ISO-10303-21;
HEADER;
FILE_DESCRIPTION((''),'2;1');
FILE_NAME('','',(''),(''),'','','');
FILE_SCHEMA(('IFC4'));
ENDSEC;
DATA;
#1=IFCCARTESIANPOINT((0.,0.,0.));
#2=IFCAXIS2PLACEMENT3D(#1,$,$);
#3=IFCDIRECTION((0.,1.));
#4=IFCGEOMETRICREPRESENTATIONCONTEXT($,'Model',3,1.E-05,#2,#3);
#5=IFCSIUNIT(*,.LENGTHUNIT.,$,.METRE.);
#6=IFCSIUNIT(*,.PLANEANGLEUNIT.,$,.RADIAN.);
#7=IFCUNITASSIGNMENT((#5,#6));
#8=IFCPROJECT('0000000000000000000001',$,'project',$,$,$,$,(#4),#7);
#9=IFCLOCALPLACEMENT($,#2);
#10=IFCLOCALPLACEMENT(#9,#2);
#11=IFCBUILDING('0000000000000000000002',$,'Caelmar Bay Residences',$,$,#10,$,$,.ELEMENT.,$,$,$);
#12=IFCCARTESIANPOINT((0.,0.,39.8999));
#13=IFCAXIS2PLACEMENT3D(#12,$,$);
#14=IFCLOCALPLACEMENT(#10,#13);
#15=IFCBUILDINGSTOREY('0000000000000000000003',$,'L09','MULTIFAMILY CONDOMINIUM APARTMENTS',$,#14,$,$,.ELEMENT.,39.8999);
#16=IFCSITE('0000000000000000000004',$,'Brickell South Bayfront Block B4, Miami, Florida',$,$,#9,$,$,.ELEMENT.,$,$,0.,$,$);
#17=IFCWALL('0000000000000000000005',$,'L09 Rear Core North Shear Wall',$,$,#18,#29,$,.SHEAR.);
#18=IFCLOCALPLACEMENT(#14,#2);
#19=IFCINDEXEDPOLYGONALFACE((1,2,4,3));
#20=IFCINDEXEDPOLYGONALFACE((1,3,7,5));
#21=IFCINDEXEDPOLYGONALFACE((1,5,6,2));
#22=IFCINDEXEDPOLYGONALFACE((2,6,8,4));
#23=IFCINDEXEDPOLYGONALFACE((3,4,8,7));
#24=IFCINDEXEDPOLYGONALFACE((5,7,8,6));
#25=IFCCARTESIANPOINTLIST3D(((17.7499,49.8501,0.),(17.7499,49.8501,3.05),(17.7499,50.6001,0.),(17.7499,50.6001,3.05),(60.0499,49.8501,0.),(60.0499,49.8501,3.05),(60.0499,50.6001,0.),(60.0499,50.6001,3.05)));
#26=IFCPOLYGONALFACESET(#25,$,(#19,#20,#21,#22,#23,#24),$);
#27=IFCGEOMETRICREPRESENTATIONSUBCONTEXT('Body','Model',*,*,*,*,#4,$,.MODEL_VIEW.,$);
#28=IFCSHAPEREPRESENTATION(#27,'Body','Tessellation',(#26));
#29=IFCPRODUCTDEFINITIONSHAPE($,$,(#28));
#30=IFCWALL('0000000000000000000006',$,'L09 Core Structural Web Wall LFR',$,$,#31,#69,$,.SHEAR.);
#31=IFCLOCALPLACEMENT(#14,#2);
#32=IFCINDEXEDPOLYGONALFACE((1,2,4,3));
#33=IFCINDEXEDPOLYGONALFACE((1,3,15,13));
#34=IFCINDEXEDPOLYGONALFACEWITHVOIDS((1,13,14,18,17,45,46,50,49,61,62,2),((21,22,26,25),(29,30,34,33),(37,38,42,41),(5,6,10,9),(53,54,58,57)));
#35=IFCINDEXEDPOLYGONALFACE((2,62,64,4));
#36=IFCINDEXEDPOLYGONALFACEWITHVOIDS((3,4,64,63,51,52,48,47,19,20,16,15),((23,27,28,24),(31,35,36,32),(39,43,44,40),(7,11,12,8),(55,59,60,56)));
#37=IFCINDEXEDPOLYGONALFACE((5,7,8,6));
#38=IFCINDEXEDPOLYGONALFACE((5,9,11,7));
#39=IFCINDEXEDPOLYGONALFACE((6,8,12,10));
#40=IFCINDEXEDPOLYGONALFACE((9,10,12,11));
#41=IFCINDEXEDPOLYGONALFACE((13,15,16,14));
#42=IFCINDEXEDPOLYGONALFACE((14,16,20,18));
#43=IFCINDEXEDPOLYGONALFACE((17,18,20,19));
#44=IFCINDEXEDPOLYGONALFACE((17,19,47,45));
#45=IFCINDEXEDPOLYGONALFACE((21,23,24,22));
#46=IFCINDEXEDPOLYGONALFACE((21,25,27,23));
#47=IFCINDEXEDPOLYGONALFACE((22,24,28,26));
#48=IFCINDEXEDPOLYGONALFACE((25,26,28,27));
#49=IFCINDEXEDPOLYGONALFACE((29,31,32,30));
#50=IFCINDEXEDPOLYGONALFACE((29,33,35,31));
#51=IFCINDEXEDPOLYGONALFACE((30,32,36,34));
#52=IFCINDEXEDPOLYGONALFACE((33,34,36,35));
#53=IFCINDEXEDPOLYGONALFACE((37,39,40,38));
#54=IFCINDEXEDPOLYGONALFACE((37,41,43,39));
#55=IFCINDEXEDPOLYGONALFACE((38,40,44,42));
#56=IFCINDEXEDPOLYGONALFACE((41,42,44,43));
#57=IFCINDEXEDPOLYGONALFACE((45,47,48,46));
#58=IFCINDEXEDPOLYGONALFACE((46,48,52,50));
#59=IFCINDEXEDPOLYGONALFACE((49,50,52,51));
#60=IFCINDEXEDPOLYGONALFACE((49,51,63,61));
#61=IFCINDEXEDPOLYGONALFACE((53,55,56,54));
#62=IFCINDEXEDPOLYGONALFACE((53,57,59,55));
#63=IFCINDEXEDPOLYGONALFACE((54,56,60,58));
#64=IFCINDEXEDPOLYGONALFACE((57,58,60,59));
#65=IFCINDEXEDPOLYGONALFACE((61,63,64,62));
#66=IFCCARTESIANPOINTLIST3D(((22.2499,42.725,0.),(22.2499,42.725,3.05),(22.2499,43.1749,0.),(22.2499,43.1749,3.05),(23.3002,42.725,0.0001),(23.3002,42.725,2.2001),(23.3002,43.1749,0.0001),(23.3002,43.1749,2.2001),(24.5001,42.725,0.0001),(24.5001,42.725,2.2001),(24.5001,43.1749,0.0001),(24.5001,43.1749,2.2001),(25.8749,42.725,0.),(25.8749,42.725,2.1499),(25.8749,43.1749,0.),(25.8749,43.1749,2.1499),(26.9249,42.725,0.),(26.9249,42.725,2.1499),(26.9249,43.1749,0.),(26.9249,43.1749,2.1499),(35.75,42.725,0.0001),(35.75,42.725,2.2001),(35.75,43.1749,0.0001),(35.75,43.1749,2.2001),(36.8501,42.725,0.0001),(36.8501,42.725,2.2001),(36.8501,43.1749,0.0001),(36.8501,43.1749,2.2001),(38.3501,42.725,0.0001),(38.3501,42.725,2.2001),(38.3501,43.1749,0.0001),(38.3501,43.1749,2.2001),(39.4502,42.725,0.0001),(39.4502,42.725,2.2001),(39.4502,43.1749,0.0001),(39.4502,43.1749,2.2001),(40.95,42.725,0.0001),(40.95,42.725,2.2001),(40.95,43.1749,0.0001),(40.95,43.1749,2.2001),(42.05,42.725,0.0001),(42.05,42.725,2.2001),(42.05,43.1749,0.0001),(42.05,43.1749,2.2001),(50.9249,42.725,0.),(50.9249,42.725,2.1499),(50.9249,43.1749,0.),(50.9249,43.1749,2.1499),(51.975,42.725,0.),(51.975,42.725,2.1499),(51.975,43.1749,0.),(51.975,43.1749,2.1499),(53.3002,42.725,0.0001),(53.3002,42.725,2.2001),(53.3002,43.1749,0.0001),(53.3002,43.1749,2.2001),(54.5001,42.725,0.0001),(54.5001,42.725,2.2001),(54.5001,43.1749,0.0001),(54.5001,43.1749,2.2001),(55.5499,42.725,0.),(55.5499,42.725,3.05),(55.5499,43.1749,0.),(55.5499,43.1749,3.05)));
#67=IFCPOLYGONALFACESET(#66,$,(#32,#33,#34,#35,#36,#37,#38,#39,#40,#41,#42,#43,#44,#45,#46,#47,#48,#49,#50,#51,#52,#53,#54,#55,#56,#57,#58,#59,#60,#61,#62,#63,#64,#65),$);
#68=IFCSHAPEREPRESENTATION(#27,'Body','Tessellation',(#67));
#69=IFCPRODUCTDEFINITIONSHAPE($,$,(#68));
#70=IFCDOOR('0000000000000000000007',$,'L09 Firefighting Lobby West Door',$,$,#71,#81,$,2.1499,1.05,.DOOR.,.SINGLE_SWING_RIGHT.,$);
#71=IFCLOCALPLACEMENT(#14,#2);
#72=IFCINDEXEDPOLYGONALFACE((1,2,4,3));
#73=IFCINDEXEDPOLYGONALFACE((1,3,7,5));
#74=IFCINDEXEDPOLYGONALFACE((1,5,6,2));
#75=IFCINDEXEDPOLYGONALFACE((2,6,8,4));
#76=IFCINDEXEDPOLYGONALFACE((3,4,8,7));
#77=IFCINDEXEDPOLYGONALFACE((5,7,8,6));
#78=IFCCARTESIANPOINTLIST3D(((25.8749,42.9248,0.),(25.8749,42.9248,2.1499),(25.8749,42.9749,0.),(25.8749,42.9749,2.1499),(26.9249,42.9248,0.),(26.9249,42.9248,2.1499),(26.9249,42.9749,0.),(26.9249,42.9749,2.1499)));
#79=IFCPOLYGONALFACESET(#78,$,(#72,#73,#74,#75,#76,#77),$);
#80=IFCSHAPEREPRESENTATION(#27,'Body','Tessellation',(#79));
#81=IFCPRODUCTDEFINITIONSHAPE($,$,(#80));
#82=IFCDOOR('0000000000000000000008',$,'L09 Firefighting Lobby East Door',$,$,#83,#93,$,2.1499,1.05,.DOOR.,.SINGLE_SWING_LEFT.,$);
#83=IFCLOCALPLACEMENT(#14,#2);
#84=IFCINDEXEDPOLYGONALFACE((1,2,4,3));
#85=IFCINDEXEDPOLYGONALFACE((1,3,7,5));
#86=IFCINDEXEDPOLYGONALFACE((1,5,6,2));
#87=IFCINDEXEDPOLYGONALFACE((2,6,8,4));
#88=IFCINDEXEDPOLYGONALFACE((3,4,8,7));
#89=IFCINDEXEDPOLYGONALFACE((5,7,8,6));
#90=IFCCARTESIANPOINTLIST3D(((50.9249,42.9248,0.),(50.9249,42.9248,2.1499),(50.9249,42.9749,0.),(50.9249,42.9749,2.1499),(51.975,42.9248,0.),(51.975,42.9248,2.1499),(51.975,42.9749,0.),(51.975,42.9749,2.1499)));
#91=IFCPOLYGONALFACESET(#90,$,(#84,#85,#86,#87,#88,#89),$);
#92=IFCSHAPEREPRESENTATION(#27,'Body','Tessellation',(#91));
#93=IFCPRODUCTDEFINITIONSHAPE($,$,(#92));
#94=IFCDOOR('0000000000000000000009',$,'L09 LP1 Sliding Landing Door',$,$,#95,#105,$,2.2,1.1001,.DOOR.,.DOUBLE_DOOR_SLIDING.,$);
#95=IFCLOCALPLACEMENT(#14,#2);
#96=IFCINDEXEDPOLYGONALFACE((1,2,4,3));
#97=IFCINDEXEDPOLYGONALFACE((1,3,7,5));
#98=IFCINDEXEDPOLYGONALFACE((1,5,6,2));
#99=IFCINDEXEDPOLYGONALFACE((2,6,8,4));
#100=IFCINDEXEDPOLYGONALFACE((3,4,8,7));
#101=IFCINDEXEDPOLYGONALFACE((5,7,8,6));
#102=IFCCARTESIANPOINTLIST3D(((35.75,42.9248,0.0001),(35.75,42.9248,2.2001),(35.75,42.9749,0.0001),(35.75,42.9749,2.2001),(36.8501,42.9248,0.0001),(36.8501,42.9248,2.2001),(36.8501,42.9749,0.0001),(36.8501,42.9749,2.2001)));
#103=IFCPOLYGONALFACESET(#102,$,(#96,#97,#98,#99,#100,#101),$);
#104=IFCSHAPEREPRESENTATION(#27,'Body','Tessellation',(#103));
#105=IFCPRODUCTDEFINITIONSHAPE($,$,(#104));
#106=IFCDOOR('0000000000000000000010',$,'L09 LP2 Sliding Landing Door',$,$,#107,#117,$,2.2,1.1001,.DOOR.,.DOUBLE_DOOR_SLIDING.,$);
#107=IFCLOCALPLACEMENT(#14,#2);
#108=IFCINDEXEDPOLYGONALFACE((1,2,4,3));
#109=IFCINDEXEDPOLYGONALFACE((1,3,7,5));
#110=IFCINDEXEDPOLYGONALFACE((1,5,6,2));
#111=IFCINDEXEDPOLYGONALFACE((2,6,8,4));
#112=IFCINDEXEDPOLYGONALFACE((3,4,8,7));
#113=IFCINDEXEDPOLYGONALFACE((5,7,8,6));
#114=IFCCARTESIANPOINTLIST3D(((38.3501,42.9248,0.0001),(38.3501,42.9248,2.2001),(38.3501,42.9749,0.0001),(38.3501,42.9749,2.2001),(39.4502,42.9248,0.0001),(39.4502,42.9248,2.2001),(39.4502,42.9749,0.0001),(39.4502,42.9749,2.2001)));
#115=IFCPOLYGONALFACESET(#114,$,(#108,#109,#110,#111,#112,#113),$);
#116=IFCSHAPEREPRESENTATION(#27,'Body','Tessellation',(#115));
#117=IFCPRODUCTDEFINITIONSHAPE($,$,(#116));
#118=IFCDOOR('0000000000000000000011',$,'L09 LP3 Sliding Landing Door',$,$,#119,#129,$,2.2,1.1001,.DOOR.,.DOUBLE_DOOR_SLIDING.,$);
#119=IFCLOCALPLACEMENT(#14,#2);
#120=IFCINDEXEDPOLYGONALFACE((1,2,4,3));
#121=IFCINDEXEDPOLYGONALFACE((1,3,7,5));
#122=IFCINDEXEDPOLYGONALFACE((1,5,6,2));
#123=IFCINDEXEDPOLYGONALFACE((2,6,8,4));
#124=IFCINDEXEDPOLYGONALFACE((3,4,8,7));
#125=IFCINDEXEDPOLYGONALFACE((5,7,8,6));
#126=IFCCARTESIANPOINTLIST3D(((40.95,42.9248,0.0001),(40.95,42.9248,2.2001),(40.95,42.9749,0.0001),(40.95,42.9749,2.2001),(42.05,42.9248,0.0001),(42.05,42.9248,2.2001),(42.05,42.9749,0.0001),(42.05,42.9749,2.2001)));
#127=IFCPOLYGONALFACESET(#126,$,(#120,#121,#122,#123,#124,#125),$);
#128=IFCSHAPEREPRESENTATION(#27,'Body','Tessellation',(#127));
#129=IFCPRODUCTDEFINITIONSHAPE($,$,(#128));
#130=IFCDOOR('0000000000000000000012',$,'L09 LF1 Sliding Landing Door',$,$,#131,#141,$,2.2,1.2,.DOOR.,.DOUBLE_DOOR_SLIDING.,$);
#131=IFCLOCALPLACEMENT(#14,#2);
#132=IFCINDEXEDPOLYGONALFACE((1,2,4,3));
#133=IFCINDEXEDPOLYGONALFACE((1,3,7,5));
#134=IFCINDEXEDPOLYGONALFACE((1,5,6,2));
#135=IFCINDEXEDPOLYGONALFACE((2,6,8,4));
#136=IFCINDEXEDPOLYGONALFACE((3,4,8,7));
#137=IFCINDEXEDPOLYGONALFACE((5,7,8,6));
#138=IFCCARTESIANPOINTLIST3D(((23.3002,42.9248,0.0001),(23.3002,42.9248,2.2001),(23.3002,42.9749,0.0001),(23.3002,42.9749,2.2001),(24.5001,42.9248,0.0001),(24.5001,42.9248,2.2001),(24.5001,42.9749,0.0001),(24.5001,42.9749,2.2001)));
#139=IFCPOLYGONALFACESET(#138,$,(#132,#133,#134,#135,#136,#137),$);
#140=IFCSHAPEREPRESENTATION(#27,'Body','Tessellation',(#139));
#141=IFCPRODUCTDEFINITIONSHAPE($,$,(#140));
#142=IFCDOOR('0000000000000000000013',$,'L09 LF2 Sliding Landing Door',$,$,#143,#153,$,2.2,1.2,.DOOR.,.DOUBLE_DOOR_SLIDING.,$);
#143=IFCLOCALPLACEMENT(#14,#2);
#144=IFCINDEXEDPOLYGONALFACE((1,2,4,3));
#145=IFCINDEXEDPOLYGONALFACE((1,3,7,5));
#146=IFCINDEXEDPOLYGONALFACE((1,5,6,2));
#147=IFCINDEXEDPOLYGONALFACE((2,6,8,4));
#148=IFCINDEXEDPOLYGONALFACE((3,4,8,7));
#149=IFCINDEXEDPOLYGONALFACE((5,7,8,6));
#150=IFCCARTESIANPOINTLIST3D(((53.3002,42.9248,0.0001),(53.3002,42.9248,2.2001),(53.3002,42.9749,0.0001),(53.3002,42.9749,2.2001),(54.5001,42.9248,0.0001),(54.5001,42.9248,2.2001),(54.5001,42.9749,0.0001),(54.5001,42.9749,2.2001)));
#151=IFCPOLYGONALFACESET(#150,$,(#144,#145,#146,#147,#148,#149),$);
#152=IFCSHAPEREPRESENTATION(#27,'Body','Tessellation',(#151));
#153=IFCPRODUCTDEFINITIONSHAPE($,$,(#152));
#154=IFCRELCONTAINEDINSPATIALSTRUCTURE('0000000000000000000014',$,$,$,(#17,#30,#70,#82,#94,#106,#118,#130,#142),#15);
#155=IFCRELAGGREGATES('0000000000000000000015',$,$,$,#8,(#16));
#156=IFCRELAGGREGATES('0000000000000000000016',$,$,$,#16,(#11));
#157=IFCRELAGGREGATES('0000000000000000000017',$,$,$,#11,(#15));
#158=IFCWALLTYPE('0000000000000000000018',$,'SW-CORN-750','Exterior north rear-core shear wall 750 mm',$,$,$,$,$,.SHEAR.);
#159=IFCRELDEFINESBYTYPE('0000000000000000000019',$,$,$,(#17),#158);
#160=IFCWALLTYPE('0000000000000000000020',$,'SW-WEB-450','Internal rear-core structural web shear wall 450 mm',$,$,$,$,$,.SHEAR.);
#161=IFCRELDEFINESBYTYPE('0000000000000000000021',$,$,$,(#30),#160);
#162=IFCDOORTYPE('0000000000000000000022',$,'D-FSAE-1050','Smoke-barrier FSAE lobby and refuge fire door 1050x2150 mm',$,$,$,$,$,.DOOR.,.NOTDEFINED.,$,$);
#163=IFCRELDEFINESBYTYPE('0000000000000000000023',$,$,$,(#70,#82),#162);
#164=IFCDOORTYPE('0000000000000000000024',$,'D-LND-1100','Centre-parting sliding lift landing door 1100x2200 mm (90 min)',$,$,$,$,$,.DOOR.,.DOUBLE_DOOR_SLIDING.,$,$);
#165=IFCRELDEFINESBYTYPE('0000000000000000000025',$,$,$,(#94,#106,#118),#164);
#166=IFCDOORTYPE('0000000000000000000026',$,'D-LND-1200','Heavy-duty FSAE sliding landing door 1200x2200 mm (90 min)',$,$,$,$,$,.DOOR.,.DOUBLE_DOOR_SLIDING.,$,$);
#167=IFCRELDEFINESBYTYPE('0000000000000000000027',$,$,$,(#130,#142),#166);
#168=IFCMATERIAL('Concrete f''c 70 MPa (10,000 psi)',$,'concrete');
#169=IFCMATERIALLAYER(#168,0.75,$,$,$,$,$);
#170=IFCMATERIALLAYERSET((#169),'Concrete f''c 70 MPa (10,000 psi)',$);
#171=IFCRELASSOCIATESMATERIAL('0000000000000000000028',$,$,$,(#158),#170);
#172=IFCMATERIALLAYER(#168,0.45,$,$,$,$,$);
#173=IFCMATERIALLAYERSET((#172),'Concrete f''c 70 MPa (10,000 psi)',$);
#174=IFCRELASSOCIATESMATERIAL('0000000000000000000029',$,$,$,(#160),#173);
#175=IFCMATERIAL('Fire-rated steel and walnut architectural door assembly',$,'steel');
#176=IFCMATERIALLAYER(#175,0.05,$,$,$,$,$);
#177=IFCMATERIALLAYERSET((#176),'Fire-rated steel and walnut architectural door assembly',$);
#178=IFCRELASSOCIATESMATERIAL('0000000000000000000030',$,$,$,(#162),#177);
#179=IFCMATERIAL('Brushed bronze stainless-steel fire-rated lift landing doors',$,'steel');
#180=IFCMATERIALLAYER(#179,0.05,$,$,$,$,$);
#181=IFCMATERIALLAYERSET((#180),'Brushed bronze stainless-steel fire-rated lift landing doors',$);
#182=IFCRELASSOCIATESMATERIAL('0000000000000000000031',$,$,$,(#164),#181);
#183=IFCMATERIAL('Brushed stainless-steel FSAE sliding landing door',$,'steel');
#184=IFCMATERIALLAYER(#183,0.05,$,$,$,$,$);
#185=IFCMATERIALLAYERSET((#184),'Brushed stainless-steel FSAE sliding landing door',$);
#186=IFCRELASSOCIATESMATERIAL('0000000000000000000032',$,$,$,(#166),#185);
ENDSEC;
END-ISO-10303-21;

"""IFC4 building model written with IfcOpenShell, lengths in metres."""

from ifc_helpers import new_model, si_unit, direction, frame, frame_2d, origin, place, context, subcontext, project, spatial, rectangle, extrude, material, layer, layer_set, type_object, element, fill, save


model = new_model("IFC4")

# Units and contexts
model_context = context("Model", 3, precision=1e-05, world=origin(), true_north=direction((0.0, 1.0)))
body_context = subcontext(model_context, "Body", "Model", "MODEL_VIEW")
ifc_project = project(units=[si_unit("LENGTHUNIT", "METRE"), si_unit("PLANEANGLEUNIT", "RADIAN")], contexts=[model_context])

# Site, building, storey
site_placement = place(None, origin())
site = spatial("IfcSite", under=ifc_project, at=site_placement, Name="Brickell South Bayfront Block B4, Miami, Florida", CompositionType="ELEMENT", RefElevation=0.0)
building_placement = place(site_placement, origin())
building = spatial("IfcBuilding", under=site, at=building_placement, Name="Caelmar Bay Residences", CompositionType="ELEMENT")
storey_placement = place(building_placement, frame((0.0, 0.0, 39.8999)))
storey = spatial("IfcBuildingStorey", under=building, at=storey_placement, Name="L09", Description="MULTIFAMILY CONDOMINIUM APARTMENTS", CompositionType="ELEMENT", Elevation=39.8999)

# Wall
ifc_material_1 = material(Name="Concrete f'c 70 MPa (10,000 psi)", Category="concrete")
ifc_layer_1 = layer(ifc_material_1, 0.75)
ifc_layer_set_1 = layer_set([ifc_layer_1], Name="Concrete f'c 70 MPa (10,000 psi)")
wall_type_1 = type_object("IfcWallType", Name="SW-CORN-750", Description="Exterior north rear-core shear wall 750 mm", PredefinedType="SHEAR", material=ifc_layer_set_1)
wall_1_placement = place(storey_placement, frame((17.75, 50.2251, 0.0), z_axis=(0.0, 0.0, 1.0), x_axis=(1.0, 0.0, 0.0)))
element("IfcWall", 1, at=wall_1_placement, inside=storey, type_object=wall_type_1, Name="L09 Rear Core North Shear Wall", PredefinedType="SHEAR", context=body_context, shape_type="SweptSolid", body=[
    extrude(rectangle(XDim=42.3, YDim=0.75, at=frame_2d((21.1499, 0.0))), origin(), (0.0, 0.0, 1.0), 3.05),
])

# Wall, openings, doors
ifc_layer_2 = layer(ifc_material_1, 0.45)
ifc_layer_set_2 = layer_set([ifc_layer_2], Name="Concrete f'c 70 MPa (10,000 psi)")
wall_type_2 = type_object("IfcWallType", Name="SW-WEB-450", Description="Internal rear-core structural web shear wall 450 mm", PredefinedType="SHEAR", material=ifc_layer_set_2)
wall_2_placement = place(storey_placement, frame((22.25, 42.95, 0.0), z_axis=(0.0, 0.0, 1.0), x_axis=(1.0, 0.0, 0.0)))
wall_2 = element("IfcWall", 2, at=wall_2_placement, inside=storey, type_object=wall_type_2, Name="L09 Core Structural Web Wall LFR", PredefinedType="SHEAR", context=body_context, shape_type="SweptSolid", body=[
    extrude(rectangle(XDim=33.3, YDim=0.45, at=frame_2d((16.6499, 0.0))), origin(), (0.0, 0.0, 1.0), 3.05),
])
opening_1_placement = place(wall_2_placement, frame((1.05, 0.0, 0.0)))
opening_1 = element("IfcOpeningElement", 3, at=opening_1_placement, cuts=wall_2, PredefinedType="OPENING", context=body_context, shape_type="SweptSolid", body=[
    extrude(rectangle(XDim=1.2, YDim=2.2, at=frame_2d((0.6001, 1.1001))), frame((0.0, 0.2349, 0.0), z_axis=(0.0, -1.0, 0.0), x_axis=(1.0, 0.0, 0.0)), (0.0, 0.0, 1.0), 0.47),
])
opening_2_placement = place(wall_2_placement, frame((31.05, 0.0, 0.0)))
opening_2 = element("IfcOpeningElement", 4, at=opening_2_placement, cuts=wall_2, PredefinedType="OPENING", context=body_context, shape_type="SweptSolid", body=[
    extrude(rectangle(XDim=1.2, YDim=2.2, at=frame_2d((0.6001, 1.1001))), frame((0.0, 0.2349, 0.0), z_axis=(0.0, -1.0, 0.0), x_axis=(1.0, 0.0, 0.0)), (0.0, 0.0, 1.0), 0.47),
])
opening_3_placement = place(wall_2_placement, frame((13.5, 0.0, 0.0)))
opening_3 = element("IfcOpeningElement", 5, at=opening_3_placement, cuts=wall_2, PredefinedType="OPENING", context=body_context, shape_type="SweptSolid", body=[
    extrude(rectangle(XDim=1.1001, YDim=2.2, at=frame_2d((0.55, 1.1001))), frame((0.0, 0.2349, 0.0), z_axis=(0.0, -1.0, 0.0), x_axis=(1.0, 0.0, 0.0)), (0.0, 0.0, 1.0), 0.47),
])
opening_4_placement = place(wall_2_placement, frame((16.1001, 0.0, 0.0)))
opening_4 = element("IfcOpeningElement", 6, at=opening_4_placement, cuts=wall_2, PredefinedType="OPENING", context=body_context, shape_type="SweptSolid", body=[
    extrude(rectangle(XDim=1.1001, YDim=2.2, at=frame_2d((0.55, 1.1001))), frame((0.0, 0.2349, 0.0), z_axis=(0.0, -1.0, 0.0), x_axis=(1.0, 0.0, 0.0)), (0.0, 0.0, 1.0), 0.47),
])
opening_5_placement = place(wall_2_placement, frame((18.7, 0.0, 0.0)))
opening_5 = element("IfcOpeningElement", 7, at=opening_5_placement, cuts=wall_2, PredefinedType="OPENING", context=body_context, shape_type="SweptSolid", body=[
    extrude(rectangle(XDim=1.1001, YDim=2.2, at=frame_2d((0.55, 1.1001))), frame((0.0, 0.2349, 0.0), z_axis=(0.0, -1.0, 0.0), x_axis=(1.0, 0.0, 0.0)), (0.0, 0.0, 1.0), 0.47),
])
opening_6_placement = place(wall_2_placement, frame((3.625, 0.0, 0.0)))
opening_6 = element("IfcOpeningElement", 8, at=opening_6_placement, cuts=wall_2, PredefinedType="OPENING", context=body_context, shape_type="SweptSolid", body=[
    extrude(rectangle(XDim=1.05, YDim=2.1499, at=frame_2d((0.5249, 1.075))), frame((0.0, 0.2349, 0.0), z_axis=(0.0, -1.0, 0.0), x_axis=(1.0, 0.0, 0.0)), (0.0, 0.0, 1.0), 0.47),
])
opening_7_placement = place(wall_2_placement, frame((28.675, 0.0, 0.0)))
opening_7 = element("IfcOpeningElement", 9, at=opening_7_placement, cuts=wall_2, PredefinedType="OPENING", context=body_context, shape_type="SweptSolid", body=[
    extrude(rectangle(XDim=1.05, YDim=2.1499, at=frame_2d((0.5249, 1.075))), frame((0.0, 0.2349, 0.0), z_axis=(0.0, -1.0, 0.0), x_axis=(1.0, 0.0, 0.0)), (0.0, 0.0, 1.0), 0.47),
])
ifc_material_2 = material(Name="Fire-rated steel and walnut architectural door assembly", Category="steel")
ifc_layer_3 = layer(ifc_material_2, 0.05)
ifc_layer_set_3 = layer_set([ifc_layer_3], Name="Fire-rated steel and walnut architectural door assembly")
door_type_1 = type_object("IfcDoorType", Name="D-FSAE-1050", Description="Smoke-barrier FSAE lobby and refuge fire door 1050x2150 mm", OperationType="NOTDEFINED", PredefinedType="DOOR", material=ifc_layer_set_3)
door_1_placement = place(opening_6_placement, origin())
door_1 = element("IfcDoor", 10, at=door_1_placement, inside=storey, type_object=door_type_1, Name="L09 Firefighting Lobby West Door", OperationType="SINGLE_SWING_RIGHT", OverallHeight=2.1499, OverallWidth=1.05, PredefinedType="DOOR", context=body_context, shape_type="SweptSolid", body=[
    extrude(rectangle(XDim=1.05, YDim=2.1499, at=frame_2d((0.5249, 1.075))), frame((0.0, 0.0249, 0.0), z_axis=(0.0, -1.0, 0.0), x_axis=(1.0, 0.0, 0.0)), (0.0, 0.0, 1.0), 0.05),
])
fill(opening_6, door_1)
door_2_placement = place(opening_7_placement, origin())
door_2 = element("IfcDoor", 11, at=door_2_placement, inside=storey, type_object=door_type_1, Name="L09 Firefighting Lobby East Door", OperationType="SINGLE_SWING_LEFT", OverallHeight=2.1499, OverallWidth=1.05, PredefinedType="DOOR", context=body_context, shape_type="SweptSolid", body=[
    extrude(rectangle(XDim=1.05, YDim=2.1499, at=frame_2d((0.5249, 1.075))), frame((0.0, 0.0249, 0.0), z_axis=(0.0, -1.0, 0.0), x_axis=(1.0, 0.0, 0.0)), (0.0, 0.0, 1.0), 0.05),
])
fill(opening_7, door_2)
ifc_material_3 = material(Name="Brushed bronze stainless-steel fire-rated lift landing doors", Category="steel")
ifc_layer_4 = layer(ifc_material_3, 0.05)
ifc_layer_set_4 = layer_set([ifc_layer_4], Name="Brushed bronze stainless-steel fire-rated lift landing doors")
door_type_2 = type_object("IfcDoorType", Name="D-LND-1100", Description="Centre-parting sliding lift landing door 1100x2200 mm (90 min)", OperationType="DOUBLE_DOOR_SLIDING", PredefinedType="DOOR", material=ifc_layer_set_4)
door_3_placement = place(opening_3_placement, origin())
door_3 = element("IfcDoor", 12, at=door_3_placement, inside=storey, type_object=door_type_2, Name="L09 LP1 Sliding Landing Door", OperationType="DOUBLE_DOOR_SLIDING", OverallHeight=2.2, OverallWidth=1.1001, PredefinedType="DOOR", context=body_context, shape_type="SweptSolid", body=[
    extrude(rectangle(XDim=1.1001, YDim=2.2, at=frame_2d((0.55, 1.1001))), frame((0.0, 0.0249, 0.0), z_axis=(0.0, -1.0, 0.0), x_axis=(1.0, 0.0, 0.0)), (0.0, 0.0, 1.0), 0.05),
])
fill(opening_3, door_3)
door_4_placement = place(opening_4_placement, origin())
door_4 = element("IfcDoor", 13, at=door_4_placement, inside=storey, type_object=door_type_2, Name="L09 LP2 Sliding Landing Door", OperationType="DOUBLE_DOOR_SLIDING", OverallHeight=2.2, OverallWidth=1.1001, PredefinedType="DOOR", context=body_context, shape_type="SweptSolid", body=[
    extrude(rectangle(XDim=1.1001, YDim=2.2, at=frame_2d((0.55, 1.1001))), frame((0.0, 0.0249, 0.0), z_axis=(0.0, -1.0, 0.0), x_axis=(1.0, 0.0, 0.0)), (0.0, 0.0, 1.0), 0.05),
])
fill(opening_4, door_4)
door_5_placement = place(opening_5_placement, origin())
door_5 = element("IfcDoor", 14, at=door_5_placement, inside=storey, type_object=door_type_2, Name="L09 LP3 Sliding Landing Door", OperationType="DOUBLE_DOOR_SLIDING", OverallHeight=2.2, OverallWidth=1.1001, PredefinedType="DOOR", context=body_context, shape_type="SweptSolid", body=[
    extrude(rectangle(XDim=1.1001, YDim=2.2, at=frame_2d((0.55, 1.1001))), frame((0.0, 0.0249, 0.0), z_axis=(0.0, -1.0, 0.0), x_axis=(1.0, 0.0, 0.0)), (0.0, 0.0, 1.0), 0.05),
])
fill(opening_5, door_5)
ifc_material_4 = material(Name="Brushed stainless-steel FSAE sliding landing door", Category="steel")
ifc_layer_5 = layer(ifc_material_4, 0.05)
ifc_layer_set_5 = layer_set([ifc_layer_5], Name="Brushed stainless-steel FSAE sliding landing door")
door_type_3 = type_object("IfcDoorType", Name="D-LND-1200", Description="Heavy-duty FSAE sliding landing door 1200x2200 mm (90 min)", OperationType="DOUBLE_DOOR_SLIDING", PredefinedType="DOOR", material=ifc_layer_set_5)
door_6_placement = place(opening_1_placement, origin())
door_6 = element("IfcDoor", 15, at=door_6_placement, inside=storey, type_object=door_type_3, Name="L09 LF1 Sliding Landing Door", OperationType="DOUBLE_DOOR_SLIDING", OverallHeight=2.2, OverallWidth=1.2, PredefinedType="DOOR", context=body_context, shape_type="SweptSolid", body=[
    extrude(rectangle(XDim=1.2, YDim=2.2, at=frame_2d((0.6001, 1.1001))), frame((0.0, 0.0249, 0.0), z_axis=(0.0, -1.0, 0.0), x_axis=(1.0, 0.0, 0.0)), (0.0, 0.0, 1.0), 0.05),
])
fill(opening_1, door_6)
door_7_placement = place(opening_2_placement, origin())
door_7 = element("IfcDoor", 16, at=door_7_placement, inside=storey, type_object=door_type_3, Name="L09 LF2 Sliding Landing Door", OperationType="DOUBLE_DOOR_SLIDING", OverallHeight=2.2, OverallWidth=1.2, PredefinedType="DOOR", context=body_context, shape_type="SweptSolid", body=[
    extrude(rectangle(XDim=1.2, YDim=2.2, at=frame_2d((0.6001, 1.1001))), frame((0.0, 0.0249, 0.0), z_axis=(0.0, -1.0, 0.0), x_axis=(1.0, 0.0, 0.0)), (0.0, 0.0, 1.0), 0.05),
])
fill(opening_2, door_7)

save(model, "model.ifc")
